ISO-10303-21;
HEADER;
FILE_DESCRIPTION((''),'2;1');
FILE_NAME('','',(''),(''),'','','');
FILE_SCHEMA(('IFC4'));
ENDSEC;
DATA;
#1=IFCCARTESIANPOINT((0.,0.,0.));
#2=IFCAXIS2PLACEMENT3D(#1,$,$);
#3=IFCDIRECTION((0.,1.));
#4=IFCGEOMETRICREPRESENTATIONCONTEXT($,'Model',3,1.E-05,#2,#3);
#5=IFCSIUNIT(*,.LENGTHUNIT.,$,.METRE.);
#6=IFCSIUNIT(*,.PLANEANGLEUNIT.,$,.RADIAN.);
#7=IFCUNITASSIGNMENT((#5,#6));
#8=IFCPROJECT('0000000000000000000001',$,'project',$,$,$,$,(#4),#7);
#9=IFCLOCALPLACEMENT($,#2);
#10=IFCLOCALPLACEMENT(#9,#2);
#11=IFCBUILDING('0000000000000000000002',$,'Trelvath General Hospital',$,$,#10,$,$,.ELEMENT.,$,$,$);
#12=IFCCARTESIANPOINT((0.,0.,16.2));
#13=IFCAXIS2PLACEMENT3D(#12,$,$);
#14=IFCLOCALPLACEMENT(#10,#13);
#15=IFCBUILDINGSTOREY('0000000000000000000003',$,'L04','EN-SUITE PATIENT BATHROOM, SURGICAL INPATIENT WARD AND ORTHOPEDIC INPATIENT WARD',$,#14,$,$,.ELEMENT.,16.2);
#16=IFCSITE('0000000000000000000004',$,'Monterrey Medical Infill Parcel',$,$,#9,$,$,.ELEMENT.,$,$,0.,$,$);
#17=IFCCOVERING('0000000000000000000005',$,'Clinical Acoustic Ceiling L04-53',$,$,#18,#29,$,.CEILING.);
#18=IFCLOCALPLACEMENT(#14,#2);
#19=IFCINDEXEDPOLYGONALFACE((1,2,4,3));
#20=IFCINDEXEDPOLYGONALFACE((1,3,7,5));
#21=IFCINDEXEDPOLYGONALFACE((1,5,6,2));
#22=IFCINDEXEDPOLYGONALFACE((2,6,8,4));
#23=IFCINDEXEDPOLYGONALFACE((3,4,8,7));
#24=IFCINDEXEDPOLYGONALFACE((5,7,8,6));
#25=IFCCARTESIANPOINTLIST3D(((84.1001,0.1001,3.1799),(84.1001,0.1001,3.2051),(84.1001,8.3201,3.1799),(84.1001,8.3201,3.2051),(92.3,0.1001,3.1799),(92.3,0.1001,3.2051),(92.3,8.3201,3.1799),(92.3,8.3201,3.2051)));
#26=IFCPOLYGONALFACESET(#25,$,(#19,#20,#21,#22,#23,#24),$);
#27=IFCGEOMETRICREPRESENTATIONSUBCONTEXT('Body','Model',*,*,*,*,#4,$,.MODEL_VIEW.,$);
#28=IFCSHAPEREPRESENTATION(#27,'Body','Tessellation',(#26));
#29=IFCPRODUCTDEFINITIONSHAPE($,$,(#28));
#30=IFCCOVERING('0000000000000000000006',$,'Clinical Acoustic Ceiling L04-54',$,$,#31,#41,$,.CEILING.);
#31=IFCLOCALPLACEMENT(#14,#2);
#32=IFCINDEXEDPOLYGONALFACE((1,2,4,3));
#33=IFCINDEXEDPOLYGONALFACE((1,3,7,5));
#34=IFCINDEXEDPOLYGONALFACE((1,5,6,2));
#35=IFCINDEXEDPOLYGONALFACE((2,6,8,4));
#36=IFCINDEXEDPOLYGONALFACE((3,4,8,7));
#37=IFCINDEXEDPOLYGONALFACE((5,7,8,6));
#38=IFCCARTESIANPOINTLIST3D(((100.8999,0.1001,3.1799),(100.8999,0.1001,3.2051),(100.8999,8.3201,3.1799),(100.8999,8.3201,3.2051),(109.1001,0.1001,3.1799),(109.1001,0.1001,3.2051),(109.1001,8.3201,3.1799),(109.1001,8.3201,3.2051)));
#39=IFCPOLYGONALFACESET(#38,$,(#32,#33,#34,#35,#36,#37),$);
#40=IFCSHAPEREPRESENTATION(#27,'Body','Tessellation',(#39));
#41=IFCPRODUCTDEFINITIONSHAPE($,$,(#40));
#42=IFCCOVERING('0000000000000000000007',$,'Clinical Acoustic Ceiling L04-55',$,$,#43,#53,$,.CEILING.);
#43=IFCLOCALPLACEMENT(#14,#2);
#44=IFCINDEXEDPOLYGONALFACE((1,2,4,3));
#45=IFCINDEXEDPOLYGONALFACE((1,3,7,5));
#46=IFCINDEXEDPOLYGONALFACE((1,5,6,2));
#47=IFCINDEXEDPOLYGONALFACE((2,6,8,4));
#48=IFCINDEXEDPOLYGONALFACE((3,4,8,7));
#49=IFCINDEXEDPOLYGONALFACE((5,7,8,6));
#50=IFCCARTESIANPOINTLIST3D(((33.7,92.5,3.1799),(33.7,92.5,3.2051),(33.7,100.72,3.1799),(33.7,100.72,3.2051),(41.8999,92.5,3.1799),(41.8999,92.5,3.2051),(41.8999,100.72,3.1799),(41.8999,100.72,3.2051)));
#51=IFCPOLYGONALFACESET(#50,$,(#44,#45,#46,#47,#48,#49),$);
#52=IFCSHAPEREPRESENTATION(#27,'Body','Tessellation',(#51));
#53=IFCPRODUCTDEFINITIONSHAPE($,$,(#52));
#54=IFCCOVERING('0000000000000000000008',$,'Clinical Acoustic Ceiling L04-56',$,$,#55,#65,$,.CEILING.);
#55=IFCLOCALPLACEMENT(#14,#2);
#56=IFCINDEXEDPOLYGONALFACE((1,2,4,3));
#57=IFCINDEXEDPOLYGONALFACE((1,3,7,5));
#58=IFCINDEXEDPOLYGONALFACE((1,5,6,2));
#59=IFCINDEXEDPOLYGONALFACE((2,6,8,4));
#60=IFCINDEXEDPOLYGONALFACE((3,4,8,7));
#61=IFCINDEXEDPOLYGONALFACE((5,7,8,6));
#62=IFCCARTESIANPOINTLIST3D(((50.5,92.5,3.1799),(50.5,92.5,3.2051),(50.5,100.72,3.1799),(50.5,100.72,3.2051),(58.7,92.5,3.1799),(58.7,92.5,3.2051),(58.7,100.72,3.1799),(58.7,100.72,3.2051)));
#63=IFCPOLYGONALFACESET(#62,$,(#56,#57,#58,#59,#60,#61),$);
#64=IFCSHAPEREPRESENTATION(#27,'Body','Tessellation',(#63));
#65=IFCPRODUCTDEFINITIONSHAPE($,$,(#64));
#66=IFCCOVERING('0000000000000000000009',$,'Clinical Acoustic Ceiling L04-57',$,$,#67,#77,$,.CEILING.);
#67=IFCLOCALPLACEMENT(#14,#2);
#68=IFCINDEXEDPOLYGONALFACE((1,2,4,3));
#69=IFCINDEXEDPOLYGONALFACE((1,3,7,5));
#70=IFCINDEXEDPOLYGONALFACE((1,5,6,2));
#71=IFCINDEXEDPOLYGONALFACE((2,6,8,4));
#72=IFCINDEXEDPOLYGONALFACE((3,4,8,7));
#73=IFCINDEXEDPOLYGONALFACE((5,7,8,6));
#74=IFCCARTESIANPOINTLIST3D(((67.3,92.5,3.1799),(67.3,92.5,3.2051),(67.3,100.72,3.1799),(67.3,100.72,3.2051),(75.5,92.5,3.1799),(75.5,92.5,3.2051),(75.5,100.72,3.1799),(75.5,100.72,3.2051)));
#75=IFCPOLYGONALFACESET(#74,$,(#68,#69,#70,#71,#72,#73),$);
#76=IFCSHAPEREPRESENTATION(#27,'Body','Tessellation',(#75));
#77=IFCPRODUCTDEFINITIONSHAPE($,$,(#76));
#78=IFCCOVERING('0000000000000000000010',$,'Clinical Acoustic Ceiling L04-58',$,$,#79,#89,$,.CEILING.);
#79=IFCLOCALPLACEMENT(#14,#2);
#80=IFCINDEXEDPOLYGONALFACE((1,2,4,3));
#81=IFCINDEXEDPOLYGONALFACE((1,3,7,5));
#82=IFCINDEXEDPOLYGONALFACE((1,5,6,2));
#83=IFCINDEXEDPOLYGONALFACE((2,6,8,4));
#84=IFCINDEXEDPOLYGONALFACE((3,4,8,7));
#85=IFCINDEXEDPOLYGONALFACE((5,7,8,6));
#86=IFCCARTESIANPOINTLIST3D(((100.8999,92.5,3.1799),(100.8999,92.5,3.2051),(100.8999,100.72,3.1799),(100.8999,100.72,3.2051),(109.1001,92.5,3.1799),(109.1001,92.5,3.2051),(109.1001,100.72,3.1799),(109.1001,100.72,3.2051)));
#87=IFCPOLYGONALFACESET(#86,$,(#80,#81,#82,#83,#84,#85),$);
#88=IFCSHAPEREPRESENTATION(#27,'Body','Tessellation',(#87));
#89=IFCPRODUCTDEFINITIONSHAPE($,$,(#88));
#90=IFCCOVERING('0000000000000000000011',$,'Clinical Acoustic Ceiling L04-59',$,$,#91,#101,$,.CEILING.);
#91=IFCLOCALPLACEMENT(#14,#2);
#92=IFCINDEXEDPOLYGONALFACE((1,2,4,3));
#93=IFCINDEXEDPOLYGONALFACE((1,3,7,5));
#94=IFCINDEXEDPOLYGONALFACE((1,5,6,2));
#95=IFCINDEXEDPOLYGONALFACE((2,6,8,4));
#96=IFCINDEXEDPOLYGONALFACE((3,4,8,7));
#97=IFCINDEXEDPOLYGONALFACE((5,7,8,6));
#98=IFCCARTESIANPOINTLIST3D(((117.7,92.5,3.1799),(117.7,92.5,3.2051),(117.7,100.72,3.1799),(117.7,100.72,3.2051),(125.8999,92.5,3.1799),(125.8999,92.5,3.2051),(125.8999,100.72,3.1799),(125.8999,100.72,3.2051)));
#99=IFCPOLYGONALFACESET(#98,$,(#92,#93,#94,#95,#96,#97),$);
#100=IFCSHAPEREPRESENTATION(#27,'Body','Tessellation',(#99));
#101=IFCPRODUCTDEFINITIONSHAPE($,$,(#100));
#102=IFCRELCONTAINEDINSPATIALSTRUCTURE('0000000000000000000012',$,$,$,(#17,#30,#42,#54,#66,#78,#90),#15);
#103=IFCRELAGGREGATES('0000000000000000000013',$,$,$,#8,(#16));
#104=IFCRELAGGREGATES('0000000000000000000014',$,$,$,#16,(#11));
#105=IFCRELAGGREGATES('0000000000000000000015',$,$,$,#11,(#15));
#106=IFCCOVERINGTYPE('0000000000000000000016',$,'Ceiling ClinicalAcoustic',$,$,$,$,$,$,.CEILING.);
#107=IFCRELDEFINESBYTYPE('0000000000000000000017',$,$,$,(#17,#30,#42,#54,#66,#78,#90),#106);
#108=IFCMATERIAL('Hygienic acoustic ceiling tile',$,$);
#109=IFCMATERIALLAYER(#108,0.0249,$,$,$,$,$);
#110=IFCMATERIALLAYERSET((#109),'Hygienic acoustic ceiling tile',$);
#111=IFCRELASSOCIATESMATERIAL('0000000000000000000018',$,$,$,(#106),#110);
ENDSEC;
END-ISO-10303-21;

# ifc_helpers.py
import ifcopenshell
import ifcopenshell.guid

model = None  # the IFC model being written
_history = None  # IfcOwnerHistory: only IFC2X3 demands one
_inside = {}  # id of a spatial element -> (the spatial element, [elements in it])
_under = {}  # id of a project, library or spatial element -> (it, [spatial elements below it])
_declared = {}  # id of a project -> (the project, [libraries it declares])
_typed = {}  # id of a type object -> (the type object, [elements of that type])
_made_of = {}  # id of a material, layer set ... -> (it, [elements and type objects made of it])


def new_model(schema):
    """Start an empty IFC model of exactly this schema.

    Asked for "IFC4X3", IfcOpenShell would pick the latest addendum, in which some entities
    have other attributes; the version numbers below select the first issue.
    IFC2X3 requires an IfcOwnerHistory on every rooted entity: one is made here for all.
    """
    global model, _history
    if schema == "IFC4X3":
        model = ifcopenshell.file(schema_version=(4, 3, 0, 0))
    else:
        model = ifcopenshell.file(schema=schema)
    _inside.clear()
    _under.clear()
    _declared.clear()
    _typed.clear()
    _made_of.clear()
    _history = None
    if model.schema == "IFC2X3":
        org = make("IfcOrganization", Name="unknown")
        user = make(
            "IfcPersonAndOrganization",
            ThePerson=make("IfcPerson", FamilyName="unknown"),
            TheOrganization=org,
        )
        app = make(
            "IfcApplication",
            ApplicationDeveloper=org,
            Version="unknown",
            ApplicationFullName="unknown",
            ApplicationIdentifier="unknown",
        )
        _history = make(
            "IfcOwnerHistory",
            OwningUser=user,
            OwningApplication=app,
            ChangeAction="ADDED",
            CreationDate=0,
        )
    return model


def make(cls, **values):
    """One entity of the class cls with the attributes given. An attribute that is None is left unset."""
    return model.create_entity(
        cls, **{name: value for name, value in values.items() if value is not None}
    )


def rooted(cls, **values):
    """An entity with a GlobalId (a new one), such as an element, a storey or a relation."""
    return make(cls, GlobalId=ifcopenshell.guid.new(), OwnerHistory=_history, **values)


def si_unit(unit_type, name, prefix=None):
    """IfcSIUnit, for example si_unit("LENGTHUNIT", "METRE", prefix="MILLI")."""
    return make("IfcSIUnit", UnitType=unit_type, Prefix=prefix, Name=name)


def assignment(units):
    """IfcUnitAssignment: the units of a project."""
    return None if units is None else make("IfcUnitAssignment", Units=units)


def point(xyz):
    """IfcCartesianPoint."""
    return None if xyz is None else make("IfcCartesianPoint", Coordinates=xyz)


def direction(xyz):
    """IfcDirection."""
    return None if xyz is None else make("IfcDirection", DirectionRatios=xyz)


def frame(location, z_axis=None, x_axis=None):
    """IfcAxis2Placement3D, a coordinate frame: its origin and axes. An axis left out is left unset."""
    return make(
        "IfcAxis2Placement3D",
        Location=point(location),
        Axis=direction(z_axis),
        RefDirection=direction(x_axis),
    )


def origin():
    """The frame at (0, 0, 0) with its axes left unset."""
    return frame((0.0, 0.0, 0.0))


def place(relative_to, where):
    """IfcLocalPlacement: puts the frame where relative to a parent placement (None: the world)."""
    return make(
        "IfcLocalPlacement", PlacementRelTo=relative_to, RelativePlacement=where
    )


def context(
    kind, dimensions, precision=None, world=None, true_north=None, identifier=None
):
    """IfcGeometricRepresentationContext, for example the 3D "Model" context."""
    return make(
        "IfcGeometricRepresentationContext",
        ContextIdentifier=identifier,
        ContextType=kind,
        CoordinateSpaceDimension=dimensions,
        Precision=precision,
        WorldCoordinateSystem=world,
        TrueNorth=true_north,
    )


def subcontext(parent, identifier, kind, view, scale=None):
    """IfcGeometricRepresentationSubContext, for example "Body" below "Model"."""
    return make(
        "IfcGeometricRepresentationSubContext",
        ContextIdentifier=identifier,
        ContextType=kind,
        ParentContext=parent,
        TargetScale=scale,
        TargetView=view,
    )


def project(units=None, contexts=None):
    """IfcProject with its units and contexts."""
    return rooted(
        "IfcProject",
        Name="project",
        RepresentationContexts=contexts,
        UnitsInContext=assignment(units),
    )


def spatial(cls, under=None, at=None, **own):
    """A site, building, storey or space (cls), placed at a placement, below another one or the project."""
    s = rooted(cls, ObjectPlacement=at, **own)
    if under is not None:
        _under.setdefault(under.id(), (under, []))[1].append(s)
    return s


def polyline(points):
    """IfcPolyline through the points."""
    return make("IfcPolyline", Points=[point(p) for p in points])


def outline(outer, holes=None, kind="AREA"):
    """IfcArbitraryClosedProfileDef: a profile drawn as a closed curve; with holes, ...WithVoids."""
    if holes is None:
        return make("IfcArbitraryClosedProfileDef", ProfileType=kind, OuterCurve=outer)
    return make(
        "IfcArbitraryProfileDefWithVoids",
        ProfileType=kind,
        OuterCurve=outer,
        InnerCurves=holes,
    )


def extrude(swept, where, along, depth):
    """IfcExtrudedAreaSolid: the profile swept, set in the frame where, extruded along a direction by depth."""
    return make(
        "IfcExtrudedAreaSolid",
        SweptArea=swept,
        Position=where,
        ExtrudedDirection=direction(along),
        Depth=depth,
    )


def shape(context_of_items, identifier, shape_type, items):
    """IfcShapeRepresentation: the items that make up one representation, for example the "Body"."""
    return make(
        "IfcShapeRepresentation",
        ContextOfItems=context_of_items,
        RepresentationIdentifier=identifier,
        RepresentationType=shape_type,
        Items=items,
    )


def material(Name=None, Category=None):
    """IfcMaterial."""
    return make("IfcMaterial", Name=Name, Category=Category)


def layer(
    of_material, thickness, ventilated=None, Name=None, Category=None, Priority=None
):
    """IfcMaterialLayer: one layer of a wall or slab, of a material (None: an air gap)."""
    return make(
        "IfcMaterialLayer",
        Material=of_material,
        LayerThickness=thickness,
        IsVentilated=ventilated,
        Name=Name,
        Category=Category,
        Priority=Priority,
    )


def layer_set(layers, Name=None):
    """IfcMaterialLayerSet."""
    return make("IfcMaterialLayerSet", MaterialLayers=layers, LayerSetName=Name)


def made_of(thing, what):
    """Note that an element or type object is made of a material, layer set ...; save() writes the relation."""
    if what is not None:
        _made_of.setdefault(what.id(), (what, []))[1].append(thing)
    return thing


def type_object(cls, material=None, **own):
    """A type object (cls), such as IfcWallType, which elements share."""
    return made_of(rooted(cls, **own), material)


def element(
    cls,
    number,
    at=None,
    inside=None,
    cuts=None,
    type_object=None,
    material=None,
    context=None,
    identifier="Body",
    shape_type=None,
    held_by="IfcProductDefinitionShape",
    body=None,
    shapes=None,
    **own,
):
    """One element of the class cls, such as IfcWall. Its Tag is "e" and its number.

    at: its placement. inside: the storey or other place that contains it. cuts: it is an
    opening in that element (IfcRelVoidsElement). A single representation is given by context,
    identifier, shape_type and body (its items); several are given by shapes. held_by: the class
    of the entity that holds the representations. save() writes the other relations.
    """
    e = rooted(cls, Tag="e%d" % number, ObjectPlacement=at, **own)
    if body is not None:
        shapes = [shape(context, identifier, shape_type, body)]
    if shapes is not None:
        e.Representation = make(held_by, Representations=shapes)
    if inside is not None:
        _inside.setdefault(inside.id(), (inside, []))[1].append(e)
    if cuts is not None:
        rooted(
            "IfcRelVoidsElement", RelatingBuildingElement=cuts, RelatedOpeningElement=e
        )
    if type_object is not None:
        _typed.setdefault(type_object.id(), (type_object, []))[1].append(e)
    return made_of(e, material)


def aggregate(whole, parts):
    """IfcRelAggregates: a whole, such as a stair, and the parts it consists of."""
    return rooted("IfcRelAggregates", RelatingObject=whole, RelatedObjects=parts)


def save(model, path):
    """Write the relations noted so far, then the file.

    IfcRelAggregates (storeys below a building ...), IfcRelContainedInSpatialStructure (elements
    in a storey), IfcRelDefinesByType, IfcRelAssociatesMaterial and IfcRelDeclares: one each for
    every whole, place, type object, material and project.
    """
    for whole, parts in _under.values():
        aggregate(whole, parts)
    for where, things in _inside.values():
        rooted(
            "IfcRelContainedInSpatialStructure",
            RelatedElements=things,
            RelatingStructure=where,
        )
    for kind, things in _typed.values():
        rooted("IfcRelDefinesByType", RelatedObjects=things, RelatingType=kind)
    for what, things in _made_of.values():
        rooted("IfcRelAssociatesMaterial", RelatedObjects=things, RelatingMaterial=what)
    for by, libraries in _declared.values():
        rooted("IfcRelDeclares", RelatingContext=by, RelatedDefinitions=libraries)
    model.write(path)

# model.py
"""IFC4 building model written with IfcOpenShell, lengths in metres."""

from ifc_helpers import new_model, si_unit, direction, frame, origin, place, context, subcontext, project, spatial, polyline, outline, extrude, material, layer, layer_set, type_object, element, save


model = new_model("IFC4")

# Units and contexts
model_context = context("Model", 3, precision=1e-05, world=origin(), true_north=direction((0.0, 1.0)))
body_context = subcontext(model_context, "Body", "Model", "MODEL_VIEW")
ifc_project = project(units=[si_unit("LENGTHUNIT", "METRE"), si_unit("PLANEANGLEUNIT", "RADIAN")], contexts=[model_context])

# Site, building, storey
site_placement = place(None, origin())
site = spatial("IfcSite", under=ifc_project, at=site_placement, Name="Monterrey Medical Infill Parcel", CompositionType="ELEMENT", RefElevation=0.0)
building_placement = place(site_placement, origin())
building = spatial("IfcBuilding", under=site, at=building_placement, Name="Trelvath General Hospital", CompositionType="ELEMENT")
storey_placement = place(building_placement, frame((0.0, 0.0, 16.2)))
storey = spatial("IfcBuildingStorey", under=building, at=storey_placement, Name="L04", Description="EN-SUITE PATIENT BATHROOM, SURGICAL INPATIENT WARD AND ORTHOPEDIC INPATIENT WARD", CompositionType="ELEMENT", Elevation=16.2)

# Coverings
ifc_material_1 = material(Name="Hygienic acoustic ceiling tile")
ifc_layer_1 = layer(ifc_material_1, 0.0249)
ifc_layer_set_1 = layer_set([ifc_layer_1], Name="Hygienic acoustic ceiling tile")
covering_type = type_object("IfcCoveringType", Name="Ceiling ClinicalAcoustic", PredefinedType="CEILING", material=ifc_layer_set_1)
covering_1_placement = place(storey_placement, frame((0.0, 0.0, 3.1799)))
element("IfcCovering", 1, at=covering_1_placement, inside=storey, type_object=covering_type, Name="Clinical Acoustic Ceiling L04-53", PredefinedType="CEILING", context=body_context, shape_type="SweptSolid", body=[
    extrude(outline(polyline([(84.1001, 0.1001), (92.3, 0.1001), (92.3, 8.3201), (84.1001, 8.3201), (84.1001, 0.1001)])), origin(), (0.0, 0.0, 1.0), 0.0251),
])
covering_2_placement = place(storey_placement, frame((0.0, 0.0, 3.1799)))
element("IfcCovering", 2, at=covering_2_placement, inside=storey, type_object=covering_type, Name="Clinical Acoustic Ceiling L04-54", PredefinedType="CEILING", context=body_context, shape_type="SweptSolid", body=[
    extrude(outline(polyline([(100.8999, 0.1001), (109.1001, 0.1001), (109.1001, 8.3201), (100.8999, 8.3201), (100.8999, 0.1001)])), origin(), (0.0, 0.0, 1.0), 0.0251),
])
covering_3_placement = place(storey_placement, frame((0.0, 0.0, 3.1799)))
element("IfcCovering", 3, at=covering_3_placement, inside=storey, type_object=covering_type, Name="Clinical Acoustic Ceiling L04-55", PredefinedType="CEILING", context=body_context, shape_type="SweptSolid", body=[
    extrude(outline(polyline([(33.7, 92.5), (41.8999, 92.5), (41.8999, 100.72), (33.7, 100.72), (33.7, 92.5)])), origin(), (0.0, 0.0, 1.0), 0.0251),
])
covering_4_placement = place(storey_placement, frame((0.0, 0.0, 3.1799)))
element("IfcCovering", 4, at=covering_4_placement, inside=storey, type_object=covering_type, Name="Clinical Acoustic Ceiling L04-56", PredefinedType="CEILING", context=body_context, shape_type="SweptSolid", body=[
    extrude(outline(polyline([(50.5, 92.5), (58.7, 92.5), (58.7, 100.72), (50.5, 100.72), (50.5, 92.5)])), origin(), (0.0, 0.0, 1.0), 0.0251),
])
covering_5_placement = place(storey_placement, frame((0.0, 0.0, 3.1799)))
element("IfcCovering", 5, at=covering_5_placement, inside=storey, type_object=covering_type, Name="Clinical Acoustic Ceiling L04-57", PredefinedType="CEILING", context=body_context, shape_type="SweptSolid", body=[
    extrude(outline(polyline([(67.3, 92.5), (75.5, 92.5), (75.5, 100.72), (67.3, 100.72), (67.3, 92.5)])), origin(), (0.0, 0.0, 1.0), 0.0251),
])
covering_6_placement = place(storey_placement, frame((0.0, 0.0, 3.1799)))
element("IfcCovering", 6, at=covering_6_placement, inside=storey, type_object=covering_type, Name="Clinical Acoustic Ceiling L04-58", PredefinedType="CEILING", context=body_context, shape_type="SweptSolid", body=[
    extrude(outline(polyline([(100.8999, 92.5), (109.1001, 92.5), (109.1001, 100.72), (100.8999, 100.72), (100.8999, 92.5)])), origin(), (0.0, 0.0, 1.0), 0.0251),
])
covering_7_placement = place(storey_placement, frame((0.0, 0.0, 3.1799)))
element("IfcCovering", 7, at=covering_7_placement, inside=storey, type_object=covering_type, Name="Clinical Acoustic Ceiling L04-59", PredefinedType="CEILING", context=body_context, shape_type="SweptSolid", body=[
    extrude(outline(polyline([(117.7, 92.5), (125.8999, 92.5), (125.8999, 100.72), (117.7, 100.72), (117.7, 92.5)])), origin(), (0.0, 0.0, 1.0), 0.0251),
])

save(model, "model.ifc")
